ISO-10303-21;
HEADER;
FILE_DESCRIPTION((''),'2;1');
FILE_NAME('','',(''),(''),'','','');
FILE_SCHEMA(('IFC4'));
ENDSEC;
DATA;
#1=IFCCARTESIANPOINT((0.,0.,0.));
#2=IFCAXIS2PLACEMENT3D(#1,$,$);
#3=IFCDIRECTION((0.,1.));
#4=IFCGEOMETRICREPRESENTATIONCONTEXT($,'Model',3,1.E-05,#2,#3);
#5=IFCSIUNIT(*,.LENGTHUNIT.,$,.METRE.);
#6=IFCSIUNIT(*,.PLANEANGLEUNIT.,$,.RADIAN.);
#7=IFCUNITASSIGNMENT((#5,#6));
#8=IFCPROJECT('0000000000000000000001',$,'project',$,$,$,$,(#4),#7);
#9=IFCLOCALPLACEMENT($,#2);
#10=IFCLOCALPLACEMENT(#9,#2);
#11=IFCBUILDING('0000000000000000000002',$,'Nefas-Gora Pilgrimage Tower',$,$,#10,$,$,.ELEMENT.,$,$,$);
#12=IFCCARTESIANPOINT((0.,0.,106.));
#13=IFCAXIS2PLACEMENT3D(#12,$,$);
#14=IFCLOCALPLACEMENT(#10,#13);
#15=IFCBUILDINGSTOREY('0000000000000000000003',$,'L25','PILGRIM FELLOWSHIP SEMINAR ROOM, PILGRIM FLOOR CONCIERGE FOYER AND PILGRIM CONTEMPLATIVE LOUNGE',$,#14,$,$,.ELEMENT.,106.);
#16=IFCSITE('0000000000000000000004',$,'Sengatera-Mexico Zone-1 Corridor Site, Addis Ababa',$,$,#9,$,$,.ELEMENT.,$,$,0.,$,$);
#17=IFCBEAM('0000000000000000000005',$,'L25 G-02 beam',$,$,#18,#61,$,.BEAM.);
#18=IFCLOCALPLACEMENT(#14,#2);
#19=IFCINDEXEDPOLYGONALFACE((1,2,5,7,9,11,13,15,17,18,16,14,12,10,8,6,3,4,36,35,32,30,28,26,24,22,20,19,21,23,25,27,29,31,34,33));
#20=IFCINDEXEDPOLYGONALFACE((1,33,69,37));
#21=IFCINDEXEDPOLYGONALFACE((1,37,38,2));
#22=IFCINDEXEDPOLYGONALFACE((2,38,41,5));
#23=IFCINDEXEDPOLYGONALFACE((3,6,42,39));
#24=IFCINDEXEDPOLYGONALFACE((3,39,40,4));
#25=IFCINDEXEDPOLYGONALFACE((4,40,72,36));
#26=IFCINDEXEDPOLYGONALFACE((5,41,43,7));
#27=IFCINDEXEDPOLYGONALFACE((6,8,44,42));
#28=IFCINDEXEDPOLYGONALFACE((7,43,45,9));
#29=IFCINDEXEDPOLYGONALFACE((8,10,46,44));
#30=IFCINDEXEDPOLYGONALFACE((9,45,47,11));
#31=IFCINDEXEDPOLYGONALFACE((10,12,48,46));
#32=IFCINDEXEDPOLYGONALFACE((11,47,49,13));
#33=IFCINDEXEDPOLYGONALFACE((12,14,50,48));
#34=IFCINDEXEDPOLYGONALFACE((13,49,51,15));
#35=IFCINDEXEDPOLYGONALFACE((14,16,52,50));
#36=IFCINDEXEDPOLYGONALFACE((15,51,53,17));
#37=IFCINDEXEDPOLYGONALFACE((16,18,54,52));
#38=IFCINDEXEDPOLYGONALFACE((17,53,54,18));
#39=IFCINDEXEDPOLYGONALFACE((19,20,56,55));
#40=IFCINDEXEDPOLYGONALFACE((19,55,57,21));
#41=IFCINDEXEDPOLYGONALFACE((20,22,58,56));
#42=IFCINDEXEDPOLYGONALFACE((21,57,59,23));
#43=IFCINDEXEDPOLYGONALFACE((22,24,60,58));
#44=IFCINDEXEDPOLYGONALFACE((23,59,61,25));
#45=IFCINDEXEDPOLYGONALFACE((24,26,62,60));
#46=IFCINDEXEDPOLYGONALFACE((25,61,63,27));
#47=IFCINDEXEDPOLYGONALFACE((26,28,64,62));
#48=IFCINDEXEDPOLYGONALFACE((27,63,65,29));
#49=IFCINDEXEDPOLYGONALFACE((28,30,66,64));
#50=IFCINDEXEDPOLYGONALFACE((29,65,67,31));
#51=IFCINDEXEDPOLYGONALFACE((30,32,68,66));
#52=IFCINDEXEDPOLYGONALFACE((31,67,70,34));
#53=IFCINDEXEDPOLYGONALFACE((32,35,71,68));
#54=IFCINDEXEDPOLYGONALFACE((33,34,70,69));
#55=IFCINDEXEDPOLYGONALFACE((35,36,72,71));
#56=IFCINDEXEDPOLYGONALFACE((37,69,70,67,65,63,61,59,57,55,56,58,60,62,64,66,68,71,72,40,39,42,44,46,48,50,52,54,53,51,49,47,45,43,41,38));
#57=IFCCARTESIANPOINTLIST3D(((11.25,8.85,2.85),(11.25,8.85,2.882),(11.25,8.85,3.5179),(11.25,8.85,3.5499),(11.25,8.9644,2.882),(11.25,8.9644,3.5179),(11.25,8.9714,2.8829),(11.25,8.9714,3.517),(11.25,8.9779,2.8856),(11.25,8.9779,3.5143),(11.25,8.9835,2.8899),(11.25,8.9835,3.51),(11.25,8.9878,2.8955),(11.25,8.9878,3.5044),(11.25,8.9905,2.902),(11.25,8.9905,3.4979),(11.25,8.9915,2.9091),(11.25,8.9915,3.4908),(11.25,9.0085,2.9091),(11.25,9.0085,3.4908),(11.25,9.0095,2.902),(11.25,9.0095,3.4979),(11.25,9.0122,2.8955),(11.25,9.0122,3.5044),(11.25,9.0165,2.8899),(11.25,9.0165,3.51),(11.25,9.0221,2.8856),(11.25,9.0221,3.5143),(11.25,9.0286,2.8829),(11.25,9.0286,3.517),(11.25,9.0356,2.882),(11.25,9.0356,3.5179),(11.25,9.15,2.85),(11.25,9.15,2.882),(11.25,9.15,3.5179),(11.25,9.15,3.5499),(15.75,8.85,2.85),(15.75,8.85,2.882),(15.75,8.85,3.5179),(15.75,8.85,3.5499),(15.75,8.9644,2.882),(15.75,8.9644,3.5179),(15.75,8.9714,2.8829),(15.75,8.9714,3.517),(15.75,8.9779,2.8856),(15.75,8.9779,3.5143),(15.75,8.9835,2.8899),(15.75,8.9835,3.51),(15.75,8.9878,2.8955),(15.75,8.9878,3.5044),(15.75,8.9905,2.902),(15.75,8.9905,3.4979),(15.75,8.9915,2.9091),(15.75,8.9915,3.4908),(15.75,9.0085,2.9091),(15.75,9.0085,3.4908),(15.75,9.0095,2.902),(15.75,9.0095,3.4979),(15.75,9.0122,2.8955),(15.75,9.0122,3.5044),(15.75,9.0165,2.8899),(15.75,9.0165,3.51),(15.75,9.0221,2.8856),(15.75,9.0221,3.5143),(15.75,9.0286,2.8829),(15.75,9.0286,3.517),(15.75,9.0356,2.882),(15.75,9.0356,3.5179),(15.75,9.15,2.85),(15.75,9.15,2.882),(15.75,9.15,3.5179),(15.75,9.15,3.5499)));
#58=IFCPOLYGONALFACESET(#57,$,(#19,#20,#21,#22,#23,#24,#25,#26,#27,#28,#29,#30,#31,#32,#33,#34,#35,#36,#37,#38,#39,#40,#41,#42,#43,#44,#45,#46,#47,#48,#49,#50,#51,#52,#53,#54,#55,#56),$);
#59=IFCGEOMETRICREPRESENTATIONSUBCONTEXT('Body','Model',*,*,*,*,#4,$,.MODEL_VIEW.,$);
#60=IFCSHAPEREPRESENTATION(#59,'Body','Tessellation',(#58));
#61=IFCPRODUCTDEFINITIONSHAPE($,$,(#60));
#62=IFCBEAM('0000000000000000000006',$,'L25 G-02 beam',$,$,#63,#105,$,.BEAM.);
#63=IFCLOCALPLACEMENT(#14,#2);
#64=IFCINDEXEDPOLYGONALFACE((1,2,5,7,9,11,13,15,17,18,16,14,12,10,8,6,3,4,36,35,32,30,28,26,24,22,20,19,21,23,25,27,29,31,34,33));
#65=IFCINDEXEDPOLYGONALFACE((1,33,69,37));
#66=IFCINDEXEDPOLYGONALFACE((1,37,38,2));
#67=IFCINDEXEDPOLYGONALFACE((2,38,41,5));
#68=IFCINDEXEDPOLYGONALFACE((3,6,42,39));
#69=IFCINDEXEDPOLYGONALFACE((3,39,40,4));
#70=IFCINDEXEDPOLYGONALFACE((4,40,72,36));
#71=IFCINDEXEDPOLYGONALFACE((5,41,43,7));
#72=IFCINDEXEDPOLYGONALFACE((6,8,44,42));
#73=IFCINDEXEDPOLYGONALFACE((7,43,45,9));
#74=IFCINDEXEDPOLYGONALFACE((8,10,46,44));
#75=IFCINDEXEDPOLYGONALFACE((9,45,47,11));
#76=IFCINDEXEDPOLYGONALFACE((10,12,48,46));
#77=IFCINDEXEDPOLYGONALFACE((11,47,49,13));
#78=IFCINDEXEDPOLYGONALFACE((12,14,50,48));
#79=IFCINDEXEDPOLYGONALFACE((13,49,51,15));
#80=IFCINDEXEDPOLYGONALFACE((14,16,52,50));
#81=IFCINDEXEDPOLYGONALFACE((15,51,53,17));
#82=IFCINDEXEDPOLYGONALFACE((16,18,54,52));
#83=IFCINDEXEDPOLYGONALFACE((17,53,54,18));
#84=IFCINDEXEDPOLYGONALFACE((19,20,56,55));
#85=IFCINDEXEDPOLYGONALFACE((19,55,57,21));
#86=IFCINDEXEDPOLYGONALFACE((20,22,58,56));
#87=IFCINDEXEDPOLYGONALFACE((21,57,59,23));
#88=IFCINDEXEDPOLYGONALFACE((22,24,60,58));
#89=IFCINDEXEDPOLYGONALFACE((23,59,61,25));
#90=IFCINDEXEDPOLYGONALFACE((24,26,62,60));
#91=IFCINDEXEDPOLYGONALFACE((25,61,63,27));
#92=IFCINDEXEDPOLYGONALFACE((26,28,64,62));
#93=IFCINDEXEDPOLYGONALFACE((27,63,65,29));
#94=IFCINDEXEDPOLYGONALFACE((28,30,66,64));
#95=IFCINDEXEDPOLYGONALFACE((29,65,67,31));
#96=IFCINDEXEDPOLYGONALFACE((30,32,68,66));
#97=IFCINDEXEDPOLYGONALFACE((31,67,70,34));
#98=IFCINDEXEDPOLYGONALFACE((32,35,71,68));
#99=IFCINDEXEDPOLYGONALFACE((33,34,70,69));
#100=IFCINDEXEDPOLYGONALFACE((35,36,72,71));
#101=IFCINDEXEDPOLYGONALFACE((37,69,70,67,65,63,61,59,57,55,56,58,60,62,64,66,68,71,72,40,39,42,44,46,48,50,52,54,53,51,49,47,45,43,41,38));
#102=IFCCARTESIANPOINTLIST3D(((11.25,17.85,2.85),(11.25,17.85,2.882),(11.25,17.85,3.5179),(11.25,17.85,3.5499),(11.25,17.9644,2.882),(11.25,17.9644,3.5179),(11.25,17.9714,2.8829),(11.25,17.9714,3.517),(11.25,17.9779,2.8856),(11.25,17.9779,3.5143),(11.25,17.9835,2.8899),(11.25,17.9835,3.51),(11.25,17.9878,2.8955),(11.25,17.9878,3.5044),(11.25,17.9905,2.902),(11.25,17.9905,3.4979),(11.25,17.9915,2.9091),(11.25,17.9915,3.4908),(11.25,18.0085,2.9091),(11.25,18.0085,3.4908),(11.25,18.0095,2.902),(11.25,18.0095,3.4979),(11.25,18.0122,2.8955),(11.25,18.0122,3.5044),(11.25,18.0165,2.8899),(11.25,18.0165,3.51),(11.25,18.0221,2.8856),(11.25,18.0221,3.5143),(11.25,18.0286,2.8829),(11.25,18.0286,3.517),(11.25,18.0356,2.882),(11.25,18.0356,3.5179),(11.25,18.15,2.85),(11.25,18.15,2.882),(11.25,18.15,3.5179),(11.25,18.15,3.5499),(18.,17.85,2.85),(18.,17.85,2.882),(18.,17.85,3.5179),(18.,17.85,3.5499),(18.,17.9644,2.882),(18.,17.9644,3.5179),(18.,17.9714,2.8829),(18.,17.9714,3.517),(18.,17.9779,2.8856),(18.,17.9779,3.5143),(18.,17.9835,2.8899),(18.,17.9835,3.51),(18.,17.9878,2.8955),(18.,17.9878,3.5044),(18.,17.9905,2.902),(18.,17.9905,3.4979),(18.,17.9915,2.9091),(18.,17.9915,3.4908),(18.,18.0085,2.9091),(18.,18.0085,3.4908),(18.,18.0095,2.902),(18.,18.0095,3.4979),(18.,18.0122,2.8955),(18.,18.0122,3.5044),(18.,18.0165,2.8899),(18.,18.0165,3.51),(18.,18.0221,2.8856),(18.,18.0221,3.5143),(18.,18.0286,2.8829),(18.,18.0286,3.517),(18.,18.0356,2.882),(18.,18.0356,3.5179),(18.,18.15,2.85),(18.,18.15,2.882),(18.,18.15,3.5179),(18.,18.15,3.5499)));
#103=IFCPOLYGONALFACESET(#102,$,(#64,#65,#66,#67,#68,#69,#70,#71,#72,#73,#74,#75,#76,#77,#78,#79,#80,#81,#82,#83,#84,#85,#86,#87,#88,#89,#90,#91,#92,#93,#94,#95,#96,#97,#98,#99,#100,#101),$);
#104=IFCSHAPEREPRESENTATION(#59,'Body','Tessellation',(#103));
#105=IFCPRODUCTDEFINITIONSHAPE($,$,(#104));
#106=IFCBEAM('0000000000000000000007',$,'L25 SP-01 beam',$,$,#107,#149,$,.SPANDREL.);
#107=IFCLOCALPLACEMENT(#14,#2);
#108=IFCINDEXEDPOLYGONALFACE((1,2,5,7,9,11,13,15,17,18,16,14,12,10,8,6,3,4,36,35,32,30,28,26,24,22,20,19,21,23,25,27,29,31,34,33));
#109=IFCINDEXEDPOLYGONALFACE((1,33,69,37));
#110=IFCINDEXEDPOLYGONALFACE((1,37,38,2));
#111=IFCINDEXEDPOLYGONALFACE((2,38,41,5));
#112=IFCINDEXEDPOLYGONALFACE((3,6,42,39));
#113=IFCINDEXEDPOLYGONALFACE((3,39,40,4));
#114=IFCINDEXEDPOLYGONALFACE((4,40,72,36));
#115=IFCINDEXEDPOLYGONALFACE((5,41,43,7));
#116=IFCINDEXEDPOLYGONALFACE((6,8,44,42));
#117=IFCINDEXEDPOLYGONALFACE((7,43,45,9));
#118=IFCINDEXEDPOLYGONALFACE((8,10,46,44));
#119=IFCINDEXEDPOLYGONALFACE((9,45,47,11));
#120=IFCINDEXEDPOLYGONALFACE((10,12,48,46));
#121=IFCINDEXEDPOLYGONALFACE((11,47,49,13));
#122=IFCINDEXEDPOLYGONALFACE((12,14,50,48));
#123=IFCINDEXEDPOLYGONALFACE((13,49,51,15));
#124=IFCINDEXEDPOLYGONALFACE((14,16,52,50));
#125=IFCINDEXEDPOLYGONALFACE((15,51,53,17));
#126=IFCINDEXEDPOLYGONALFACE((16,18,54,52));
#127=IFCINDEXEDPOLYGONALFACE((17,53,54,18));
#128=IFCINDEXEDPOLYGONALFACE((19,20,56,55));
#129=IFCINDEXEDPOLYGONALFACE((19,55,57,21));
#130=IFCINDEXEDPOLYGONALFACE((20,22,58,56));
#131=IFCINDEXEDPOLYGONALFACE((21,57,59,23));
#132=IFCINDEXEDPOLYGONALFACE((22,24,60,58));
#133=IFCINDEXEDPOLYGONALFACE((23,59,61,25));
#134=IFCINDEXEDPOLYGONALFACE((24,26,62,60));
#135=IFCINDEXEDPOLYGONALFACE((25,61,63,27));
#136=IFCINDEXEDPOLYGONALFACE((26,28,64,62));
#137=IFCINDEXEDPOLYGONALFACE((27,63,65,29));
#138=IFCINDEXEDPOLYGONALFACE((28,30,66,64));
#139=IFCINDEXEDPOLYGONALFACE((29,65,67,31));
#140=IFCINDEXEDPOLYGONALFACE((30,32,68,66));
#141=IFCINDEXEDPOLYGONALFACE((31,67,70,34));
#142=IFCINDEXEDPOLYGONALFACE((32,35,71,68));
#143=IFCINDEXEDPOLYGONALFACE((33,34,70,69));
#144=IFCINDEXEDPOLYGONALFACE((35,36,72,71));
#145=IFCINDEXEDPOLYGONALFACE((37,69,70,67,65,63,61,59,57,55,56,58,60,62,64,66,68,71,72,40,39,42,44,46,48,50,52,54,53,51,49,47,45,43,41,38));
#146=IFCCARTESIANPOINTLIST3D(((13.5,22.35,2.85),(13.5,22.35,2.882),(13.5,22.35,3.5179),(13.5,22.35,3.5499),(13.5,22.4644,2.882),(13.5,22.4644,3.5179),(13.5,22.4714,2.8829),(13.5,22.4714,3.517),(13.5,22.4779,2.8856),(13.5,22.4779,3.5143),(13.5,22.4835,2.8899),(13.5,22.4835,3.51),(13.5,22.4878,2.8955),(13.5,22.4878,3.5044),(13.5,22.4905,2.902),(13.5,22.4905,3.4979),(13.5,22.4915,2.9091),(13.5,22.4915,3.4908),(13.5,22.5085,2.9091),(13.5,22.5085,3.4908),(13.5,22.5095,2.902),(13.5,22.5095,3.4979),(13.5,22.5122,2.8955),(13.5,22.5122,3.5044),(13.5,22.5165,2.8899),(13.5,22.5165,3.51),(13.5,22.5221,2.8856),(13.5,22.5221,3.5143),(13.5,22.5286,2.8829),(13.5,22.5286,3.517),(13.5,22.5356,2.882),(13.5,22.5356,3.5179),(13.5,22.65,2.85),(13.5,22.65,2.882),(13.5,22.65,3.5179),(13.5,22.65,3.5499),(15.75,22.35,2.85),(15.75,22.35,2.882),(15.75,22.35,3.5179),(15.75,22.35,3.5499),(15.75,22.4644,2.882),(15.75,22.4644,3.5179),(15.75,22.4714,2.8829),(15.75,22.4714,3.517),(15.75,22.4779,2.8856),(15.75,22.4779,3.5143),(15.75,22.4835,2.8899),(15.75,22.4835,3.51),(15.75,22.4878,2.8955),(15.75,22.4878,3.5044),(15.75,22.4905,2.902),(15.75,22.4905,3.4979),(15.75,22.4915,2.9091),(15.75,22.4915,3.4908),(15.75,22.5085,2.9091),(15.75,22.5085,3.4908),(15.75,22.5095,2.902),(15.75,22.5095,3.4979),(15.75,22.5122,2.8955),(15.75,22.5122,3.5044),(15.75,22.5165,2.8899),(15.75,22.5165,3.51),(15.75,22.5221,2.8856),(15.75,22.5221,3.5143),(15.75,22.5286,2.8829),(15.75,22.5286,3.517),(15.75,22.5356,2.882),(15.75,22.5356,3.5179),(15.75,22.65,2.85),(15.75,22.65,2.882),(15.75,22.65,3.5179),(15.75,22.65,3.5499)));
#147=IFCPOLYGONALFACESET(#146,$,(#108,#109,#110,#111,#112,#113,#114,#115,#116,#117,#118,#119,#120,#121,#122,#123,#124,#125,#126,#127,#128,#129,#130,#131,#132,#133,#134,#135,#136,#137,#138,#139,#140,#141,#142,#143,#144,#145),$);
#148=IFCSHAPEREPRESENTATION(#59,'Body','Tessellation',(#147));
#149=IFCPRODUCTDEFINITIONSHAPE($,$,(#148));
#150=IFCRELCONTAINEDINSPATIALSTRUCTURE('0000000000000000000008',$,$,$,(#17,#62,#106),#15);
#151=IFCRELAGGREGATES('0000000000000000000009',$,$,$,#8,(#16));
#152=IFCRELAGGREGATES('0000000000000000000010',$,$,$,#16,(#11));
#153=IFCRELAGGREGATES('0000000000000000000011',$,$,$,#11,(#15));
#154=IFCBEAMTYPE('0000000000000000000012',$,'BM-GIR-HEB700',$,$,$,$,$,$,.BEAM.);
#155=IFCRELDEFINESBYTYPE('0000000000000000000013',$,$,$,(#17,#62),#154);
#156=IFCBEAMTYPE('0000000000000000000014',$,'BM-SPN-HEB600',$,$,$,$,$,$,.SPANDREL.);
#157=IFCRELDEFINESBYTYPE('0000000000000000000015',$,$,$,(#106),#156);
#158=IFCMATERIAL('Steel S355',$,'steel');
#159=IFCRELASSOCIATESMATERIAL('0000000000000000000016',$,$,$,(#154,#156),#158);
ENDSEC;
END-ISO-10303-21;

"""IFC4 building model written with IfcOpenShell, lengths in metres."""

from ifc_helpers import new_model, si_unit, direction, frame, origin, origin_2d, place, context, subcontext, project, spatial, i_section, extrude, source, transform, mapped, material, material_profile, profile_set, type_object, element, save


model = new_model("IFC4")

# Units and contexts
model_context = context("Model", 3, precision=1e-05, world=origin(), true_north=direction((0.0, 1.0)))
body_context = subcontext(model_context, "Body", "Model", "MODEL_VIEW")
ifc_project = project(units=[si_unit("LENGTHUNIT", "METRE"), si_unit("PLANEANGLEUNIT", "RADIAN")], contexts=[model_context])

# Site, building, storey
site_placement = place(None, origin())
site = spatial("IfcSite", under=ifc_project, at=site_placement, Name="Sengatera-Mexico Zone-1 Corridor Site, Addis Ababa", CompositionType="ELEMENT", RefElevation=0.0)
building_placement = place(site_placement, origin())
building = spatial("IfcBuilding", under=site, at=building_placement, Name="Nefas-Gora Pilgrimage Tower", CompositionType="ELEMENT")
storey_placement = place(building_placement, frame((0.0, 0.0, 106.0)))
storey = spatial("IfcBuildingStorey", under=building, at=storey_placement, Name="L25", Description="PILGRIM FELLOWSHIP SEMINAR ROOM, PILGRIM FLOOR CONCIERGE FOYER AND PILGRIM CONTEMPLATIVE LOUNGE", CompositionType="ELEMENT", Elevation=106.0)

# Beams
ifc_material_1 = material(Name="Steel S355", Category="steel")
ifc_material_profile_1 = material_profile(ifc_material_1, i_section(OverallWidth=0.3, OverallDepth=0.7, WebThickness=0.0171, FlangeThickness=0.032, FilletRadius=0.0271, at=origin_2d()), Name="HEB 700")
ifc_profile_set_1 = profile_set([ifc_material_profile_1], Name="Steel S355")
beam_type_1 = type_object("IfcBeamType", Name="BM-GIR-HEB700", PredefinedType="BEAM", material=ifc_profile_set_1)
shared_shape_1 = source(origin(), body_context, "Body", "SweptSolid", [
    extrude(i_section(OverallWidth=0.3, OverallDepth=0.7, WebThickness=0.0171, FlangeThickness=0.032, FilletRadius=0.0271, at=origin_2d()), origin(), (0.0, 0.0, 1.0), 4.5),
])
for number, where, z_axis, x_axis, name in (
    (1, (11.25, 9.0, 3.2), (1.0, 0.0, 0.0), (0.0, 1.0, 0.0), "L25 G-02 beam"),
):
    element("IfcBeam", number, at=place(storey_placement, frame(where, z_axis=z_axis, x_axis=x_axis)), inside=storey, type_object=beam_type_1, Name=name, PredefinedType="BEAM", context=body_context, shape_type="MappedRepresentation", body=[
        mapped(shared_shape_1, transform((0.0, 0.0, 0.0), x_axis=(1.0, 0.0, 0.0), y_axis=(0.0, 1.0, 0.0), z_axis=(0.0, 0.0, 1.0), scale=1.0)),
    ])
shared_shape_2 = source(origin(), body_context, "Body", "SweptSolid", [
    extrude(i_section(OverallWidth=0.3, OverallDepth=0.7, WebThickness=0.0171, FlangeThickness=0.032, FilletRadius=0.0271, at=origin_2d()), origin(), (0.0, 0.0, 1.0), 6.75),
])
beam_1_placement = place(storey_placement, frame((11.25, 18.0, 3.2), z_axis=(1.0, 0.0, 0.0), x_axis=(0.0, 1.0, 0.0)))
element("IfcBeam", 2, at=beam_1_placement, inside=storey, type_object=beam_type_1, Name="L25 G-02 beam", PredefinedType="BEAM", context=body_context, shape_type="MappedRepresentation", body=[
    mapped(shared_shape_2, transform((0.0, 0.0, 0.0), x_axis=(1.0, 0.0, 0.0), y_axis=(0.0, 1.0, 0.0), z_axis=(0.0, 0.0, 1.0), scale=1.0)),
])
ifc_material_profile_2 = material_profile(ifc_material_1, i_section(OverallWidth=0.3, OverallDepth=0.7, WebThickness=0.0171, FlangeThickness=0.032, FilletRadius=0.0271, at=origin_2d()), Name="HEB 700")
ifc_profile_set_2 = profile_set([ifc_material_profile_2], Name="Steel S355")
beam_type_2 = type_object("IfcBeamType", Name="BM-SPN-HEB600", PredefinedType="SPANDREL", material=ifc_profile_set_2)
shared_shape_3 = source(origin(), body_context, "Body", "SweptSolid", [
    extrude(i_section(OverallWidth=0.3, OverallDepth=0.7, WebThickness=0.0171, FlangeThickness=0.032, FilletRadius=0.0271, at=origin_2d()), origin(), (0.0, 0.0, 1.0), 2.25),
])
beam_2_placement = place(storey_placement, frame((13.5, 22.5, 3.2), z_axis=(1.0, 0.0, 0.0), x_axis=(0.0, 1.0, 0.0)))
element("IfcBeam", 3, at=beam_2_placement, inside=storey, type_object=beam_type_2, Name="L25 SP-01 beam", PredefinedType="SPANDREL", context=body_context, shape_type="MappedRepresentation", body=[
    mapped(shared_shape_3, transform((0.0, 0.0, 0.0), x_axis=(1.0, 0.0, 0.0), y_axis=(0.0, 1.0, 0.0), z_axis=(0.0, 0.0, 1.0), scale=1.0)),
])

save(model, "model.ifc")
